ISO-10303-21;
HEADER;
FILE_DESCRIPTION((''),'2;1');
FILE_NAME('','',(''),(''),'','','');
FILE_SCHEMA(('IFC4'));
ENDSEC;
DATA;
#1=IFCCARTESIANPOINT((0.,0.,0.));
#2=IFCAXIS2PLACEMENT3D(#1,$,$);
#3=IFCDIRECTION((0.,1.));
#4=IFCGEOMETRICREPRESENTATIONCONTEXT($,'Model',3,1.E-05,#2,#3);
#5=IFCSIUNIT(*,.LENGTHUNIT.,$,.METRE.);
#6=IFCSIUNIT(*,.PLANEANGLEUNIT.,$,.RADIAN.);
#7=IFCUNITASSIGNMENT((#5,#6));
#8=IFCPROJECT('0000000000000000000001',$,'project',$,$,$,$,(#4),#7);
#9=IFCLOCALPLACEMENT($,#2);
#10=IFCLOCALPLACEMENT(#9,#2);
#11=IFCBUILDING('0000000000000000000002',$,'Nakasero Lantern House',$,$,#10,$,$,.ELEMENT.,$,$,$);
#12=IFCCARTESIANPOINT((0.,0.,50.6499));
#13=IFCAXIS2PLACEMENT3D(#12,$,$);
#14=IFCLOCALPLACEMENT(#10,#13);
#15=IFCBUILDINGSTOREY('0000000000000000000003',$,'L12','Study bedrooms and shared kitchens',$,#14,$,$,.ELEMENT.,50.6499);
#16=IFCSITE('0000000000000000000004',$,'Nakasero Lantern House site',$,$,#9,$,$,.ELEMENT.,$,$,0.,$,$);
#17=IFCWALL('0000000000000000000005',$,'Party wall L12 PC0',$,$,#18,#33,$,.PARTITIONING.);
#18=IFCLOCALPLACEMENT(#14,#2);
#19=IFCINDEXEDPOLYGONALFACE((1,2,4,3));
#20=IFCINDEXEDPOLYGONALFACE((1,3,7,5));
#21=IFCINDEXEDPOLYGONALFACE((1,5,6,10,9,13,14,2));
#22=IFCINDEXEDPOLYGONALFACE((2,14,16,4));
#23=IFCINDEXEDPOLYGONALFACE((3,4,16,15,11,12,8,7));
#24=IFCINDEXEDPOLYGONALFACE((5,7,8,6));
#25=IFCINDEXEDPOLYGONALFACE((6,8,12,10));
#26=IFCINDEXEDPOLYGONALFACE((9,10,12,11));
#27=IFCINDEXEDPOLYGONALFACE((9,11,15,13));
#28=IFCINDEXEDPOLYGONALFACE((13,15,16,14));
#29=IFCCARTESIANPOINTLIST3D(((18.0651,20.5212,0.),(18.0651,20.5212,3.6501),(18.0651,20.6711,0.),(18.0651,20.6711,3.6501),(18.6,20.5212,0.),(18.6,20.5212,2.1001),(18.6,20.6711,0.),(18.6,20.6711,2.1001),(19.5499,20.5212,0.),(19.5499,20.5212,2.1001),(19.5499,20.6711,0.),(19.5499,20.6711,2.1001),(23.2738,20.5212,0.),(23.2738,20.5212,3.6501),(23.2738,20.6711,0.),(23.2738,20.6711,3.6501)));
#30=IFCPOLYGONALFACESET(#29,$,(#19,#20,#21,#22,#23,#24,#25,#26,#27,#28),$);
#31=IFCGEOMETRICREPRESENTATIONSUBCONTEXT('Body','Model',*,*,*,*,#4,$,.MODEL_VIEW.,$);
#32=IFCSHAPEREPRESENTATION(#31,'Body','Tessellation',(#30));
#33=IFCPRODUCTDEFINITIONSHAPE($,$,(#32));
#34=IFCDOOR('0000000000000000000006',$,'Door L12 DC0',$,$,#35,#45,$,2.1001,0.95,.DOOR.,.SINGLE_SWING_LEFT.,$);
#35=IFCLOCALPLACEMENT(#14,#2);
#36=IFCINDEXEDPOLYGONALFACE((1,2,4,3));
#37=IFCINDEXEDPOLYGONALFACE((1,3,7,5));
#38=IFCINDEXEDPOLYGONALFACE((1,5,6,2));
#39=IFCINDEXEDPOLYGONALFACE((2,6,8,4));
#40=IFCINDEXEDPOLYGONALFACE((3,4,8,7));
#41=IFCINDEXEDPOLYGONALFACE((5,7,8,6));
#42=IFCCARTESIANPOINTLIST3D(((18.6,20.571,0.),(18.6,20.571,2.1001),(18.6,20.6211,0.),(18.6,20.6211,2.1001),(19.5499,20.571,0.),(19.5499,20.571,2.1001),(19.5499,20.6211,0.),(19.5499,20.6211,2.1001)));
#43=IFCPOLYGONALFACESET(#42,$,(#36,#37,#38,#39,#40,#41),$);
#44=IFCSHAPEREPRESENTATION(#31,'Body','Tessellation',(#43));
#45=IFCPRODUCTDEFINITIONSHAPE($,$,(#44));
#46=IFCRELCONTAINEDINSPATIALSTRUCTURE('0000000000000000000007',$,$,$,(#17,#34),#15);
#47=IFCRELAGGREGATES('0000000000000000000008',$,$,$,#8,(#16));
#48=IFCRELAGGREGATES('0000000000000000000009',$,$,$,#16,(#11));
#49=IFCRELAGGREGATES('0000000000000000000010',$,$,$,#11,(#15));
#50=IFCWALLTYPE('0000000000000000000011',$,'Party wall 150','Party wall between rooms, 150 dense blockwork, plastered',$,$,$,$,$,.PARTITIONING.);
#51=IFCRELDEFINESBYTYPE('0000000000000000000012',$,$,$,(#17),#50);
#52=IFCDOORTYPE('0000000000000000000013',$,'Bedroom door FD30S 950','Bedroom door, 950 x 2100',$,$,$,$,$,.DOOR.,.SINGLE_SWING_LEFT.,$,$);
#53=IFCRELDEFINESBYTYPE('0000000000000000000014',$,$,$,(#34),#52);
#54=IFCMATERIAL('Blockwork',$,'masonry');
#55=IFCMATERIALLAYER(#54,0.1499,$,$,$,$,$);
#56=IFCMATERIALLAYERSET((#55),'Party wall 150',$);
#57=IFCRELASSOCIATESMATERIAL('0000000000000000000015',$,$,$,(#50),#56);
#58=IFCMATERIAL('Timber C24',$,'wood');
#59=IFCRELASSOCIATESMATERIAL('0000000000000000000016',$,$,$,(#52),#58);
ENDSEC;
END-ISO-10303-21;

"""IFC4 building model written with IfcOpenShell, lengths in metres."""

from ifc_helpers import new_model, si_unit, direction, frame, frame_2d, origin, place, context, subcontext, project, spatial, rectangle, extrude, material, layer, layer_set, type_object, element, fill, save


model = new_model("IFC4")

# Units and contexts
model_context = context("Model", 3, precision=1e-05, world=origin(), true_north=direction((0.0, 1.0)))
body_context = subcontext(model_context, "Body", "Model", "MODEL_VIEW")
ifc_project = project(units=[si_unit("LENGTHUNIT", "METRE"), si_unit("PLANEANGLEUNIT", "RADIAN")], contexts=[model_context])

# Site, building, storey
site_placement = place(None, origin())
site = spatial("IfcSite", under=ifc_project, at=site_placement, Name="Nakasero Lantern House site", CompositionType="ELEMENT", RefElevation=0.0)
building_placement = place(site_placement, origin())
building = spatial("IfcBuilding", under=site, at=building_placement, Name="Nakasero Lantern House", CompositionType="ELEMENT")
storey_placement = place(building_placement, frame((0.0, 0.0, 50.6499)))
storey = spatial("IfcBuildingStorey", under=building, at=storey_placement, Name="L12", Description="Study bedrooms and shared kitchens", CompositionType="ELEMENT", Elevation=50.6499)

# Wall, opening, door
ifc_material_1 = material(Name="Blockwork", Category="masonry")
ifc_layer_1 = layer(ifc_material_1, 0.1499)
ifc_layer_set_1 = layer_set([ifc_layer_1], Name="Party wall 150")
wall_type_1 = type_object("IfcWallType", Name="Party wall 150", Description="Party wall between rooms, 150 dense blockwork, plastered", PredefinedType="PARTITIONING", material=ifc_layer_set_1)
wall_1_placement = place(storey_placement, frame((18.0649, 20.5962, 0.0), z_axis=(0.0, 0.0, 1.0), x_axis=(1.0, 0.0, 0.0)))
wall_1 = element("IfcWall", 1, at=wall_1_placement, inside=storey, type_object=wall_type_1, Name="Party wall L12 PC0", PredefinedType="PARTITIONING", context=body_context, shape_type="SweptSolid", body=[
    extrude(rectangle(XDim=5.2087, YDim=0.1499, at=frame_2d((2.6045, 0.0))), origin(), (0.0, 0.0, 1.0), 3.6501),
])
opening_1_placement = place(wall_1_placement, frame((0.5349, 0.0, 0.0)))
opening_1 = element("IfcOpeningElement", 2, at=opening_1_placement, cuts=wall_1, PredefinedType="OPENING", context=body_context, shape_type="SweptSolid", body=[
    extrude(rectangle(XDim=0.95, YDim=2.1001, at=frame_2d((0.4751, 1.05))), frame((0.0, 0.095, 0.0), z_axis=(0.0, -1.0, 0.0), x_axis=(1.0, 0.0, 0.0)), (0.0, 0.0, 1.0), 0.1899),
])
ifc_material_2 = material(Name="Timber C24", Category="wood")
door_type_1 = type_object("IfcDoorType", Name="Bedroom door FD30S 950", Description="Bedroom door, 950 x 2100", OperationType="SINGLE_SWING_LEFT", PredefinedType="DOOR", material=ifc_material_2)
door_1_placement = place(opening_1_placement, origin())
door_1 = element("IfcDoor", 3, at=door_1_placement, inside=storey, type_object=door_type_1, Name="Door L12 DC0", OperationType="SINGLE_SWING_LEFT", OverallHeight=2.1001, OverallWidth=0.95, PredefinedType="DOOR", context=body_context, shape_type="SweptSolid", body=[
    extrude(rectangle(XDim=0.95, YDim=2.1001, at=frame_2d((0.4751, 1.05))), frame((0.0, 0.0249, 0.0), z_axis=(0.0, -1.0, 0.0), x_axis=(1.0, 0.0, 0.0)), (0.0, 0.0, 1.0), 0.05),
])
fill(opening_1, door_1)

save(model, "model.ifc")
